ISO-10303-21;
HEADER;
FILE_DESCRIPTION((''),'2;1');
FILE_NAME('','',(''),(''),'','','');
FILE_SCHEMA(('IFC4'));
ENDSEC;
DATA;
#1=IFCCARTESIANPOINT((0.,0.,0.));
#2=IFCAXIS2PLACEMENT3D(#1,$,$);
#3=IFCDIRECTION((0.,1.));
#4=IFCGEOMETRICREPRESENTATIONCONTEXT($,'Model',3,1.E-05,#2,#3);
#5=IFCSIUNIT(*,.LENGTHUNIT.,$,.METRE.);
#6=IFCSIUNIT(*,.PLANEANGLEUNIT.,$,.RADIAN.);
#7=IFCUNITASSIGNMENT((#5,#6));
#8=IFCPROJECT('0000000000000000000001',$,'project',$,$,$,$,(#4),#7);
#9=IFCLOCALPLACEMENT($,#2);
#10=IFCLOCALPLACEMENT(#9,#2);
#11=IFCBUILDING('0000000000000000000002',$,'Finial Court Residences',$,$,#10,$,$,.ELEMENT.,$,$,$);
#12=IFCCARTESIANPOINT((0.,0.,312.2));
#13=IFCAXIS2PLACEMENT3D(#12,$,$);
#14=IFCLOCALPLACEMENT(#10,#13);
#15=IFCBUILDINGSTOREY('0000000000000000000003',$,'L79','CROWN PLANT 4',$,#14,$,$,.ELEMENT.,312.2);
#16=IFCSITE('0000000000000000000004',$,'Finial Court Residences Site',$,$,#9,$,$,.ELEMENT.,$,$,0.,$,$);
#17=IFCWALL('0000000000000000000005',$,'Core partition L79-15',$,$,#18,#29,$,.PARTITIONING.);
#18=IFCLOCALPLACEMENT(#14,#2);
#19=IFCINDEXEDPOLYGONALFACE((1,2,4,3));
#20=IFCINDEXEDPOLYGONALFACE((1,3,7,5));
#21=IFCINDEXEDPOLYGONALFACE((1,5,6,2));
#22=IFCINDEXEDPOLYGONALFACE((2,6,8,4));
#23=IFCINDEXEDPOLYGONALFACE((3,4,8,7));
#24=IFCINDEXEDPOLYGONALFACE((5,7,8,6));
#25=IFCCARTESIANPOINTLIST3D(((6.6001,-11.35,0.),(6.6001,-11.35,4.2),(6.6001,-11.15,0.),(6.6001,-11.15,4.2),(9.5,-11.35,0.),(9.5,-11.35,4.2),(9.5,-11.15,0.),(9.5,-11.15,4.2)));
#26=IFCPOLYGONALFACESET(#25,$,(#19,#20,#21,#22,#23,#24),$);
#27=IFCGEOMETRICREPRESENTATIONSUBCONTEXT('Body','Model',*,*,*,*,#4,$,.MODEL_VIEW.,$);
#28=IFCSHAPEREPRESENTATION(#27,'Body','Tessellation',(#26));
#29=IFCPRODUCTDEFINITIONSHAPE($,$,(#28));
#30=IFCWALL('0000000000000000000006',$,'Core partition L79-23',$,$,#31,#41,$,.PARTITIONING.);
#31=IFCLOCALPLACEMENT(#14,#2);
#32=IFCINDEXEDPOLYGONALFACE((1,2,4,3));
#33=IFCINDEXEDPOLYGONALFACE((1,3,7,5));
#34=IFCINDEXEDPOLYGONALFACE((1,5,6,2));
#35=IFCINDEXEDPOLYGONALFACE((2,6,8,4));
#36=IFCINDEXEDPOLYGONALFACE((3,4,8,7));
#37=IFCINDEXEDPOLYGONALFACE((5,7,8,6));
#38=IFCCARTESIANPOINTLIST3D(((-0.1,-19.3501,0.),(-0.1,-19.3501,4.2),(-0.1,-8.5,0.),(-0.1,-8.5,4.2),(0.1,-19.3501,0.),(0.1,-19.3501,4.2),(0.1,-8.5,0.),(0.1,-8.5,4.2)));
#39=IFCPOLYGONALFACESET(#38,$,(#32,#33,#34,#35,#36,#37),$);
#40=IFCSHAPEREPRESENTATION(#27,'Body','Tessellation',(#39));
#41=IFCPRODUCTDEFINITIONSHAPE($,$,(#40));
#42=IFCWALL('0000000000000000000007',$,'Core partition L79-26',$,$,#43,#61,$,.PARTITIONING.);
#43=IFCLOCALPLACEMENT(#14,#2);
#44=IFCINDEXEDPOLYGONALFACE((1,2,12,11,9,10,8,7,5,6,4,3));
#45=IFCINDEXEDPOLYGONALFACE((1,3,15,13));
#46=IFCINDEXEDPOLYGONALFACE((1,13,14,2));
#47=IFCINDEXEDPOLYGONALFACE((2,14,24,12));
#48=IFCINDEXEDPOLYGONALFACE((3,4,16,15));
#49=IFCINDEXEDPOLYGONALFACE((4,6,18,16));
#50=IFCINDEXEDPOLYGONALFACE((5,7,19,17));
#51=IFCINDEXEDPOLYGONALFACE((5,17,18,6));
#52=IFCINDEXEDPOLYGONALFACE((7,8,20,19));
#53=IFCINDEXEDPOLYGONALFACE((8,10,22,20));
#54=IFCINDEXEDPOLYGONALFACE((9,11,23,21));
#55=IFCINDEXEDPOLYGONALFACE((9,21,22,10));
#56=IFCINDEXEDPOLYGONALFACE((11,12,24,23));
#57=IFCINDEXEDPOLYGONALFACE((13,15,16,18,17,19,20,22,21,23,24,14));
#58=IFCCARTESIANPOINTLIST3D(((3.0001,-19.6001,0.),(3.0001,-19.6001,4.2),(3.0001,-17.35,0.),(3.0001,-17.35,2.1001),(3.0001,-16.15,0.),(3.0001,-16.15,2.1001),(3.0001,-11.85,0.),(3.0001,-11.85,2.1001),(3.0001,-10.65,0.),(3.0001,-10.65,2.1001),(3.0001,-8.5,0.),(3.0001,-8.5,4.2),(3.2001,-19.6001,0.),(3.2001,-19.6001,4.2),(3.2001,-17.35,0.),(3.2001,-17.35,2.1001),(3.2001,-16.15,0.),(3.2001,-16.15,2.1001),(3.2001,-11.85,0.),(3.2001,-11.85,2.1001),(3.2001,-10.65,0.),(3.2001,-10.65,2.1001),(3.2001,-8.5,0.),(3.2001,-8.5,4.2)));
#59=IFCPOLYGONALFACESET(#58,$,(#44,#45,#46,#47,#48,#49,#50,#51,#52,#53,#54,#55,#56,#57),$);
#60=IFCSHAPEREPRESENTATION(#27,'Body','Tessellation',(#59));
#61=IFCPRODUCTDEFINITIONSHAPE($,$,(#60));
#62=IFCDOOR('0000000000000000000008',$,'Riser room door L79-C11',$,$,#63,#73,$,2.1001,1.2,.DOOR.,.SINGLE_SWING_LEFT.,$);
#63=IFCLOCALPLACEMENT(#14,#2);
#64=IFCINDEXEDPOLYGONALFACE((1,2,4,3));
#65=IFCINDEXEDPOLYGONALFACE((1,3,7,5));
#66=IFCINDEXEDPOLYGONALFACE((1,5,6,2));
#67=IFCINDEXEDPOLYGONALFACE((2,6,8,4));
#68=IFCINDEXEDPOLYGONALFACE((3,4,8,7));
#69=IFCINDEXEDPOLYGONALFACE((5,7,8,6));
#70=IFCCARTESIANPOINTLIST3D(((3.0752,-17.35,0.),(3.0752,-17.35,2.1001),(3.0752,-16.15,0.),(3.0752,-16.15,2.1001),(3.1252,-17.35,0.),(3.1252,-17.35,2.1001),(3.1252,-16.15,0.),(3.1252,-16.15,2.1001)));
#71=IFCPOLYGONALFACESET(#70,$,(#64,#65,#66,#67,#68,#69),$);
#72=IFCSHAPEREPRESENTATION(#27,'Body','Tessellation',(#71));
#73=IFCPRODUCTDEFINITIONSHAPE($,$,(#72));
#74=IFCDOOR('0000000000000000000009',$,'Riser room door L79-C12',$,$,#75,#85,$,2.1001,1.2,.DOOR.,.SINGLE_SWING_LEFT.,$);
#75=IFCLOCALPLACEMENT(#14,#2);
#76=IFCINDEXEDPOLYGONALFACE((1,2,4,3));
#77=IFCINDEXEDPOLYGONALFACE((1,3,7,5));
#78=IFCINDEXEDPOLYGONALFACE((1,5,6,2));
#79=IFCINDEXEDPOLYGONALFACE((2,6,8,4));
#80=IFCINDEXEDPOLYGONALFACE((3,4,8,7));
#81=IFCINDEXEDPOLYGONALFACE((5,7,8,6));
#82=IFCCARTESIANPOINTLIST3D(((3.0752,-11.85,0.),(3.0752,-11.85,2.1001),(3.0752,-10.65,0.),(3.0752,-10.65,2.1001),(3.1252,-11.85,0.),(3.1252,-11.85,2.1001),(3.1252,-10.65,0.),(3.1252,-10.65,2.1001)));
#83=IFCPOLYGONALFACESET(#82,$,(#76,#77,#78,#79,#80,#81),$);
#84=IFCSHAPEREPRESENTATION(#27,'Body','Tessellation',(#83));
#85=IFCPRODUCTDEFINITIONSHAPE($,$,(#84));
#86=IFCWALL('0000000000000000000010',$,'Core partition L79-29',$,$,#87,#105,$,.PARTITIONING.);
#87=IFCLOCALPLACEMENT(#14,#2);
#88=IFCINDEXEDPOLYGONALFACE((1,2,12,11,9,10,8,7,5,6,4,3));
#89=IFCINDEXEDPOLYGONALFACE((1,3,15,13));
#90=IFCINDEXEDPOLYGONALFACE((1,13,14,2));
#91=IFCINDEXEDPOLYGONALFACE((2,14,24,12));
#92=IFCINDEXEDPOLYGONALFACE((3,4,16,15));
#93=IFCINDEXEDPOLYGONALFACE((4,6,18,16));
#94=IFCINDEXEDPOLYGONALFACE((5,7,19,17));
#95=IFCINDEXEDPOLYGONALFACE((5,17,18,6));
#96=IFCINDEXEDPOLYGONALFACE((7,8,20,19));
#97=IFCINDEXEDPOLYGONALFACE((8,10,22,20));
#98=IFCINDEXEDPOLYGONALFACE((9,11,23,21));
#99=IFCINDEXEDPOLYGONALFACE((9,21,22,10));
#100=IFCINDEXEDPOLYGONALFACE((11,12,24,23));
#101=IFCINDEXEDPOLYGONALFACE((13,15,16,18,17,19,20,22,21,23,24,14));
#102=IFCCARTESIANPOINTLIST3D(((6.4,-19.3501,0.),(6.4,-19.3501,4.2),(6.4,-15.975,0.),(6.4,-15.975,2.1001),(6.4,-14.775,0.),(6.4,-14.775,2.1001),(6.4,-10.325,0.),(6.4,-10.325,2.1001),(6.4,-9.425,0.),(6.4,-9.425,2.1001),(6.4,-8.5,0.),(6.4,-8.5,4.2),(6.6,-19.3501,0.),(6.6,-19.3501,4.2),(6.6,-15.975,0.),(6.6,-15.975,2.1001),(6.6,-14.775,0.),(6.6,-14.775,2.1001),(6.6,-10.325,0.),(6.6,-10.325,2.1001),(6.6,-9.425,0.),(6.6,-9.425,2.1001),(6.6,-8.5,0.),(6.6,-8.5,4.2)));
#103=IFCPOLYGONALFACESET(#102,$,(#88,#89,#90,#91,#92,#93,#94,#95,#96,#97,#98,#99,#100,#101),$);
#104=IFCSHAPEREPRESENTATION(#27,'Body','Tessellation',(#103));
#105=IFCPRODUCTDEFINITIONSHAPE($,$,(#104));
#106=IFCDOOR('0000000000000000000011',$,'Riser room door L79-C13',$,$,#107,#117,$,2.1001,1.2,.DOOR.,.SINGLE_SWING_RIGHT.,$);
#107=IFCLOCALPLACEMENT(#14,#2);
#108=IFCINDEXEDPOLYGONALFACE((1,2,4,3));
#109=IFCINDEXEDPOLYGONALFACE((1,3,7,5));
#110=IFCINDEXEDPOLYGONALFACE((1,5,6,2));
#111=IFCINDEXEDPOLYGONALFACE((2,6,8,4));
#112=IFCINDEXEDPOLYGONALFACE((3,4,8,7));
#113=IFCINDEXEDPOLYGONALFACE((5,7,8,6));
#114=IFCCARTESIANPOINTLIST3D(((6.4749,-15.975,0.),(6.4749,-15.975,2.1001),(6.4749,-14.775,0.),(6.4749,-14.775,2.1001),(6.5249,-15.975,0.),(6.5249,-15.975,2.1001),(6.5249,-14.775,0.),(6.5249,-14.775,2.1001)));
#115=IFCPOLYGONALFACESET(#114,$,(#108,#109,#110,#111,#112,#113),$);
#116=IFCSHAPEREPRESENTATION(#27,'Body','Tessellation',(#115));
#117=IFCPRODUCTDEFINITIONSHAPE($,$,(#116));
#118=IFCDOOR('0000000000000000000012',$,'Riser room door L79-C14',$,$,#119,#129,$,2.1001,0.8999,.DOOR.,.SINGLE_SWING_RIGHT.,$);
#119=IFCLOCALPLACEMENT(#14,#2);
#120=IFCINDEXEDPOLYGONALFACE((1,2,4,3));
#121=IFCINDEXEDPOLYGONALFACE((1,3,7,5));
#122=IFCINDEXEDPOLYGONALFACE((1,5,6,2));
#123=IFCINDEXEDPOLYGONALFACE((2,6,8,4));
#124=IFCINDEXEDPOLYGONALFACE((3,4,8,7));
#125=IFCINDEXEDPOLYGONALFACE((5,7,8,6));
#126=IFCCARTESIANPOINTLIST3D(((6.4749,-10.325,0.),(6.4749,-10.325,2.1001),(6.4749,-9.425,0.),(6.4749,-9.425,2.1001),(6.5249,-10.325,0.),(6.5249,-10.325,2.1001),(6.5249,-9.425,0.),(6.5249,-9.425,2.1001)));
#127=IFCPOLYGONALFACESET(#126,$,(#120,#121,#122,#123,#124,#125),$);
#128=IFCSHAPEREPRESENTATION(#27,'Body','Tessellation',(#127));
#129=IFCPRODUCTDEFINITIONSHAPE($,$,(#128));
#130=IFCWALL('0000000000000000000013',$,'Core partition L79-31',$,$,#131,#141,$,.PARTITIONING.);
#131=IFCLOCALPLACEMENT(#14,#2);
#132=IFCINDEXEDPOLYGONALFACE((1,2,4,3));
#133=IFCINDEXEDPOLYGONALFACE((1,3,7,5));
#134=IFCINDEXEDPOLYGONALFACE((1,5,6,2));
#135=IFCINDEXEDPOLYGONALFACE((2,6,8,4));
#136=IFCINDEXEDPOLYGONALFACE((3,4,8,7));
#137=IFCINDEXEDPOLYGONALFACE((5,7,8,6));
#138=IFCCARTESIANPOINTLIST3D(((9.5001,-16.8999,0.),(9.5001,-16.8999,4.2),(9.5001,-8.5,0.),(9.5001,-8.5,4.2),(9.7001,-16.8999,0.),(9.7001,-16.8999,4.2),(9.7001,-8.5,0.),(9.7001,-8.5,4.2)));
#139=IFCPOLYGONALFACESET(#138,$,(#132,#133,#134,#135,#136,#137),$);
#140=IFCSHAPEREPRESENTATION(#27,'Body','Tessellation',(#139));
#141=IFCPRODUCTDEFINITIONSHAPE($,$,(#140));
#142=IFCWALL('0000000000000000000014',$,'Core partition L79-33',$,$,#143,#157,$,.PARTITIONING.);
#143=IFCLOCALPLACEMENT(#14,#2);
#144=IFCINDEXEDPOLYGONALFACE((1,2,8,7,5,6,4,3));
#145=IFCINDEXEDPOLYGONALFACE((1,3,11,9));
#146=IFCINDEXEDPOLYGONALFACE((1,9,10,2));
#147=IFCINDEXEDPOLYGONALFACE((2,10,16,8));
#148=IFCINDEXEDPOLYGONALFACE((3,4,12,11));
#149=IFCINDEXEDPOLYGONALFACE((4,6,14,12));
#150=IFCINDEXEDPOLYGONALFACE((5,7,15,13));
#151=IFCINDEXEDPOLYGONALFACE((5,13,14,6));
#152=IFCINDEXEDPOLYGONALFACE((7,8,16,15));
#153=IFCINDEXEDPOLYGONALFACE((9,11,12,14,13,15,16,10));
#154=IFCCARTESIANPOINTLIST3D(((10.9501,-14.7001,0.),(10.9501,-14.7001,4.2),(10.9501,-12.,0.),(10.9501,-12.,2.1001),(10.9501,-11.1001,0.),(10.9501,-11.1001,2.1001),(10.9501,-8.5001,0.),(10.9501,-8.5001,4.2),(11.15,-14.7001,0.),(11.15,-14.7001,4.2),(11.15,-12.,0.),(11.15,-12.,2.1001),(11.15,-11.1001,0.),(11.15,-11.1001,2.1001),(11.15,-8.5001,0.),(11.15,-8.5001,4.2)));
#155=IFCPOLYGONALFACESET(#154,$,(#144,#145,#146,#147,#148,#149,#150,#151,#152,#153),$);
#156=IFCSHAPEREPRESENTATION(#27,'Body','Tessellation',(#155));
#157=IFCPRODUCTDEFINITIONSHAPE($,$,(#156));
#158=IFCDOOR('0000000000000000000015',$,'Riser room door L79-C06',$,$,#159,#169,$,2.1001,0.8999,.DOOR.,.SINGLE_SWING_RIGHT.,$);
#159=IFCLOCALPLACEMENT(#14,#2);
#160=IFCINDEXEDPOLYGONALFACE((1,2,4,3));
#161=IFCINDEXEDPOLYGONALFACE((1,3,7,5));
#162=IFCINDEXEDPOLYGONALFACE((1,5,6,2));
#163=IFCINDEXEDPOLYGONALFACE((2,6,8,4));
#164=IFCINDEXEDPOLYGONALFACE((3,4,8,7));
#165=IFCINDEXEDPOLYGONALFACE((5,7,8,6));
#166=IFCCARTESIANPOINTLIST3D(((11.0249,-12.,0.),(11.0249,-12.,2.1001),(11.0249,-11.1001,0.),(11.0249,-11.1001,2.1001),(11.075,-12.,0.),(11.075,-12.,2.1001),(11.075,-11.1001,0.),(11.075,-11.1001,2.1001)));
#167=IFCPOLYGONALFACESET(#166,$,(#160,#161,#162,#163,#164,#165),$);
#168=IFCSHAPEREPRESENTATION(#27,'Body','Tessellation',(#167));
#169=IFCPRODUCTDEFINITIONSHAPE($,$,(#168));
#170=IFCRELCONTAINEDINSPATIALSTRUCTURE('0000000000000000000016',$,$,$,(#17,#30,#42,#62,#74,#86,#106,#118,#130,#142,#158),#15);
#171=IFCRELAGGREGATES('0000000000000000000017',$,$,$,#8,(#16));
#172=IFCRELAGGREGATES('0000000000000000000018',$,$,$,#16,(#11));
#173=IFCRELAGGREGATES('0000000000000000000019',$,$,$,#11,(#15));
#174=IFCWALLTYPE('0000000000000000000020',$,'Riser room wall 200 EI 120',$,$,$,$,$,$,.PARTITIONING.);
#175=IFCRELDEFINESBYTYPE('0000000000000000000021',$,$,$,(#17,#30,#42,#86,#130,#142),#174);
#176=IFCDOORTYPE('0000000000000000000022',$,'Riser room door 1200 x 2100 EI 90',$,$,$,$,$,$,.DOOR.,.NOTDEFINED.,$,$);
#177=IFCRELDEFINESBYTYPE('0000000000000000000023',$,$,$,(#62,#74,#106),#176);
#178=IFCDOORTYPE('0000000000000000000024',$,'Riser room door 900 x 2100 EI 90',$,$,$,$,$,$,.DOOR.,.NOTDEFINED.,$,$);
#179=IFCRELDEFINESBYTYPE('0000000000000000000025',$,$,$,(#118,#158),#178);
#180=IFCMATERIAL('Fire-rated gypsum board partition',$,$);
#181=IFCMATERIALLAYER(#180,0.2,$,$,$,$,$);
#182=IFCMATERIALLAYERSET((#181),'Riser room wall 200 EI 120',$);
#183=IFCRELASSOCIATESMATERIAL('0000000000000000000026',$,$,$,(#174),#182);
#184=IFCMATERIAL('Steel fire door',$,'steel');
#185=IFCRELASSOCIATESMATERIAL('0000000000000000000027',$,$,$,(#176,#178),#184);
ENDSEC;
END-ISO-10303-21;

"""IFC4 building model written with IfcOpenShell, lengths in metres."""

from ifc_helpers import new_model, si_unit, direction, frame, frame_2d, origin, place, context, subcontext, project, spatial, rectangle, extrude, material, layer, layer_set, type_object, element, fill, save


model = new_model("IFC4")

# Units and contexts
model_context = context("Model", 3, precision=1e-05, world=origin(), true_north=direction((0.0, 1.0)))
body_context = subcontext(model_context, "Body", "Model", "MODEL_VIEW")
ifc_project = project(units=[si_unit("LENGTHUNIT", "METRE"), si_unit("PLANEANGLEUNIT", "RADIAN")], contexts=[model_context])

# Site, building, storey
site_placement = place(None, origin())
site = spatial("IfcSite", under=ifc_project, at=site_placement, Name="Finial Court Residences Site", CompositionType="ELEMENT", RefElevation=0.0)
building_placement = place(site_placement, origin())
building = spatial("IfcBuilding", under=site, at=building_placement, Name="Finial Court Residences", CompositionType="ELEMENT")
storey_placement = place(building_placement, frame((0.0, 0.0, 312.2)))
storey = spatial("IfcBuildingStorey", under=building, at=storey_placement, Name="L79", Description="CROWN PLANT 4", CompositionType="ELEMENT", Elevation=312.2)

# Shared definitions
ifc_material_1 = material(Name="Fire-rated gypsum board partition")
ifc_material_2 = material(Name="Steel fire door", Category="steel")

# Walls
ifc_layer_1 = layer(ifc_material_1, 0.2)
ifc_layer_set_1 = layer_set([ifc_layer_1], Name="Riser room wall 200 EI 120")
wall_type_1 = type_object("IfcWallType", Name="Riser room wall 200 EI 120", PredefinedType="PARTITIONING", material=ifc_layer_set_1)
for number, where, z_axis, x_axis, name in (
    (1, (6.6001, -11.25, 0.0), (0.0, 0.0, 1.0), (1.0, 0.0, 0.0), "Core partition L79-15"),
):
    element("IfcWall", number, at=place(storey_placement, frame(where, z_axis=z_axis, x_axis=x_axis)), inside=storey, type_object=wall_type_1, Name=name, PredefinedType="PARTITIONING", context=body_context, shape_type="SweptSolid", body=[
        extrude(rectangle(XDim=2.8999, YDim=0.2, at=frame_2d((1.45, 0.0))), origin(), (0.0, 0.0, 1.0), 4.2),
    ])
wall_1_placement = place(storey_placement, frame((0.0, -19.3501, 0.0), z_axis=(0.0, 0.0, 1.0), x_axis=(0.0, 1.0, 0.0)))
element("IfcWall", 2, at=wall_1_placement, inside=storey, type_object=wall_type_1, Name="Core partition L79-23", PredefinedType="PARTITIONING", context=body_context, shape_type="SweptSolid", body=[
    extrude(rectangle(XDim=10.8501, YDim=0.2, at=frame_2d((5.425, 0.0))), origin(), (0.0, 0.0, 1.0), 4.2),
])

# Walls, openings, doors
wall_2_placement = place(storey_placement, frame((3.1001, -19.6001, 0.0), z_axis=(0.0, 0.0, 1.0), x_axis=(0.0, 1.0, 0.0)))
wall_2 = element("IfcWall", 3, at=wall_2_placement, inside=storey, type_object=wall_type_1, Name="Core partition L79-26", PredefinedType="PARTITIONING", context=body_context, shape_type="SweptSolid", body=[
    extrude(rectangle(XDim=11.1001, YDim=0.2, at=frame_2d((5.55, 0.0))), origin(), (0.0, 0.0, 1.0), 4.2),
])
opening_1_placement = place(wall_2_placement, frame((2.25, 0.0, 0.0)))
opening_1 = element("IfcOpeningElement", 4, at=opening_1_placement, cuts=wall_2, PredefinedType="OPENING", context=body_context, shape_type="SweptSolid", body=[
    extrude(rectangle(XDim=1.2, YDim=2.1001, at=frame_2d((0.6001, 1.05))), frame((0.0, 0.1099, 0.0), z_axis=(0.0, -1.0, 0.0), x_axis=(1.0, 0.0, 0.0)), (0.0, 0.0, 1.0), 0.22),
])
opening_2_placement = place(wall_2_placement, frame((7.75, 0.0, 0.0)))
opening_2 = element("IfcOpeningElement", 5, at=opening_2_placement, cuts=wall_2, PredefinedType="OPENING", context=body_context, shape_type="SweptSolid", body=[
    extrude(rectangle(XDim=1.2, YDim=2.1001, at=frame_2d((0.6001, 1.05))), frame((0.0, 0.1099, 0.0), z_axis=(0.0, -1.0, 0.0), x_axis=(1.0, 0.0, 0.0)), (0.0, 0.0, 1.0), 0.22),
])
door_type_1 = type_object("IfcDoorType", Name="Riser room door 1200 x 2100 EI 90", OperationType="NOTDEFINED", PredefinedType="DOOR", material=ifc_material_2)
door_1_placement = place(opening_1_placement, origin())
door_1 = element("IfcDoor", 6, at=door_1_placement, inside=storey, type_object=door_type_1, Name="Riser room door L79-C11", OperationType="SINGLE_SWING_LEFT", OverallHeight=2.1001, OverallWidth=1.2, PredefinedType="DOOR", context=body_context, shape_type="SweptSolid", body=[
    extrude(rectangle(XDim=1.2, YDim=2.1001, at=frame_2d((0.6001, 1.05))), frame((0.0, 0.0249, 0.0), z_axis=(0.0, -1.0, 0.0), x_axis=(1.0, 0.0, 0.0)), (0.0, 0.0, 1.0), 0.05),
])
fill(opening_1, door_1)
door_2_placement = place(opening_2_placement, origin())
door_2 = element("IfcDoor", 7, at=door_2_placement, inside=storey, type_object=door_type_1, Name="Riser room door L79-C12", OperationType="SINGLE_SWING_LEFT", OverallHeight=2.1001, OverallWidth=1.2, PredefinedType="DOOR", context=body_context, shape_type="SweptSolid", body=[
    extrude(rectangle(XDim=1.2, YDim=2.1001, at=frame_2d((0.6001, 1.05))), frame((0.0, 0.0249, 0.0), z_axis=(0.0, -1.0, 0.0), x_axis=(1.0, 0.0, 0.0)), (0.0, 0.0, 1.0), 0.05),
])
fill(opening_2, door_2)
wall_3_placement = place(storey_placement, frame((6.5, -8.5, 0.0), z_axis=(0.0, 0.0, 1.0), x_axis=(0.0, -1.0, 0.0)))
wall_3 = element("IfcWall", 8, at=wall_3_placement, inside=storey, type_object=wall_type_1, Name="Core partition L79-29", PredefinedType="PARTITIONING", context=body_context, shape_type="SweptSolid", body=[
    extrude(rectangle(XDim=10.8501, YDim=0.2, at=frame_2d((5.425, 0.0))), origin(), (0.0, 0.0, 1.0), 4.2),
])
opening_3_placement = place(wall_3_placement, frame((6.2749, 0.0, 0.0)))
opening_3 = element("IfcOpeningElement", 9, at=opening_3_placement, cuts=wall_3, PredefinedType="OPENING", context=body_context, shape_type="SweptSolid", body=[
    extrude(rectangle(XDim=1.2, YDim=2.1001, at=frame_2d((0.6001, 1.05))), frame((0.0, 0.1099, 0.0), z_axis=(0.0, -1.0, 0.0), x_axis=(1.0, 0.0, 0.0)), (0.0, 0.0, 1.0), 0.22),
])
opening_4_placement = place(wall_3_placement, frame((0.925, 0.0, 0.0)))
opening_4 = element("IfcOpeningElement", 10, at=opening_4_placement, cuts=wall_3, PredefinedType="OPENING", context=body_context, shape_type="SweptSolid", body=[
    extrude(rectangle(XDim=0.8999, YDim=2.1001, at=frame_2d((0.45, 1.05))), frame((0.0, 0.1099, 0.0), z_axis=(0.0, -1.0, 0.0), x_axis=(1.0, 0.0, 0.0)), (0.0, 0.0, 1.0), 0.22),
])
door_3_placement = place(opening_3_placement, origin())
door_3 = element("IfcDoor", 11, at=door_3_placement, inside=storey, type_object=door_type_1, Name="Riser room door L79-C13", OperationType="SINGLE_SWING_RIGHT", OverallHeight=2.1001, OverallWidth=1.2, PredefinedType="DOOR", context=body_context, shape_type="SweptSolid", body=[
    extrude(rectangle(XDim=1.2, YDim=2.1001, at=frame_2d((0.6001, 1.05))), frame((0.0, 0.0249, 0.0), z_axis=(0.0, -1.0, 0.0), x_axis=(1.0, 0.0, 0.0)), (0.0, 0.0, 1.0), 0.05),
])
fill(opening_3, door_3)
door_type_2 = type_object("IfcDoorType", Name="Riser room door 900 x 2100 EI 90", OperationType="NOTDEFINED", PredefinedType="DOOR", material=ifc_material_2)
door_4_placement = place(opening_4_placement, origin())
door_4 = element("IfcDoor", 12, at=door_4_placement, inside=storey, type_object=door_type_2, Name="Riser room door L79-C14", OperationType="SINGLE_SWING_RIGHT", OverallHeight=2.1001, OverallWidth=0.8999, PredefinedType="DOOR", context=body_context, shape_type="SweptSolid", body=[
    extrude(rectangle(XDim=0.8999, YDim=2.1001, at=frame_2d((0.45, 1.05))), frame((0.0, 0.0249, 0.0), z_axis=(0.0, -1.0, 0.0), x_axis=(1.0, 0.0, 0.0)), (0.0, 0.0, 1.0), 0.05),
])
fill(opening_4, door_4)

# Wall
wall_4_placement = place(storey_placement, frame((9.6001, -16.8999, 0.0), z_axis=(0.0, 0.0, 1.0), x_axis=(0.0, 1.0, 0.0)))
element("IfcWall", 13, at=wall_4_placement, inside=storey, type_object=wall_type_1, Name="Core partition L79-31", PredefinedType="PARTITIONING", context=body_context, shape_type="SweptSolid", body=[
    extrude(rectangle(XDim=8.3999, YDim=0.2, at=frame_2d((4.2, 0.0))), origin(), (0.0, 0.0, 1.0), 4.2),
])

# Wall, opening, door
wall_5_placement = place(storey_placement, frame((11.05, -8.5, 0.0), z_axis=(0.0, 0.0, 1.0), x_axis=(0.0, -1.0, 0.0)))
wall_5 = element("IfcWall", 14, at=wall_5_placement, inside=storey, type_object=wall_type_1, Name="Core partition L79-33", PredefinedType="PARTITIONING", context=body_context, shape_type="SweptSolid", body=[
    extrude(rectangle(XDim=6.2, YDim=0.2, at=frame_2d((3.1001, 0.0))), origin(), (0.0, 0.0, 1.0), 4.2),
])
opening_5_placement = place(wall_5_placement, frame((2.6001, 0.0, 0.0)))
opening_5 = element("IfcOpeningElement", 15, at=opening_5_placement, cuts=wall_5, PredefinedType="OPENING", context=body_context, shape_type="SweptSolid", body=[
    extrude(rectangle(XDim=0.8999, YDim=2.1001, at=frame_2d((0.45, 1.05))), frame((0.0, 0.1099, 0.0), z_axis=(0.0, -1.0, 0.0), x_axis=(1.0, 0.0, 0.0)), (0.0, 0.0, 1.0), 0.22),
])
door_5_placement = place(opening_5_placement, origin())
door_5 = element("IfcDoor", 16, at=door_5_placement, inside=storey, type_object=door_type_2, Name="Riser room door L79-C06", OperationType="SINGLE_SWING_RIGHT", OverallHeight=2.1001, OverallWidth=0.8999, PredefinedType="DOOR", context=body_context, shape_type="SweptSolid", body=[
    extrude(rectangle(XDim=0.8999, YDim=2.1001, at=frame_2d((0.45, 1.05))), frame((0.0, 0.0249, 0.0), z_axis=(0.0, -1.0, 0.0), x_axis=(1.0, 0.0, 0.0)), (0.0, 0.0, 1.0), 0.05),
])
fill(opening_5, door_5)

save(model, "model.ifc")
